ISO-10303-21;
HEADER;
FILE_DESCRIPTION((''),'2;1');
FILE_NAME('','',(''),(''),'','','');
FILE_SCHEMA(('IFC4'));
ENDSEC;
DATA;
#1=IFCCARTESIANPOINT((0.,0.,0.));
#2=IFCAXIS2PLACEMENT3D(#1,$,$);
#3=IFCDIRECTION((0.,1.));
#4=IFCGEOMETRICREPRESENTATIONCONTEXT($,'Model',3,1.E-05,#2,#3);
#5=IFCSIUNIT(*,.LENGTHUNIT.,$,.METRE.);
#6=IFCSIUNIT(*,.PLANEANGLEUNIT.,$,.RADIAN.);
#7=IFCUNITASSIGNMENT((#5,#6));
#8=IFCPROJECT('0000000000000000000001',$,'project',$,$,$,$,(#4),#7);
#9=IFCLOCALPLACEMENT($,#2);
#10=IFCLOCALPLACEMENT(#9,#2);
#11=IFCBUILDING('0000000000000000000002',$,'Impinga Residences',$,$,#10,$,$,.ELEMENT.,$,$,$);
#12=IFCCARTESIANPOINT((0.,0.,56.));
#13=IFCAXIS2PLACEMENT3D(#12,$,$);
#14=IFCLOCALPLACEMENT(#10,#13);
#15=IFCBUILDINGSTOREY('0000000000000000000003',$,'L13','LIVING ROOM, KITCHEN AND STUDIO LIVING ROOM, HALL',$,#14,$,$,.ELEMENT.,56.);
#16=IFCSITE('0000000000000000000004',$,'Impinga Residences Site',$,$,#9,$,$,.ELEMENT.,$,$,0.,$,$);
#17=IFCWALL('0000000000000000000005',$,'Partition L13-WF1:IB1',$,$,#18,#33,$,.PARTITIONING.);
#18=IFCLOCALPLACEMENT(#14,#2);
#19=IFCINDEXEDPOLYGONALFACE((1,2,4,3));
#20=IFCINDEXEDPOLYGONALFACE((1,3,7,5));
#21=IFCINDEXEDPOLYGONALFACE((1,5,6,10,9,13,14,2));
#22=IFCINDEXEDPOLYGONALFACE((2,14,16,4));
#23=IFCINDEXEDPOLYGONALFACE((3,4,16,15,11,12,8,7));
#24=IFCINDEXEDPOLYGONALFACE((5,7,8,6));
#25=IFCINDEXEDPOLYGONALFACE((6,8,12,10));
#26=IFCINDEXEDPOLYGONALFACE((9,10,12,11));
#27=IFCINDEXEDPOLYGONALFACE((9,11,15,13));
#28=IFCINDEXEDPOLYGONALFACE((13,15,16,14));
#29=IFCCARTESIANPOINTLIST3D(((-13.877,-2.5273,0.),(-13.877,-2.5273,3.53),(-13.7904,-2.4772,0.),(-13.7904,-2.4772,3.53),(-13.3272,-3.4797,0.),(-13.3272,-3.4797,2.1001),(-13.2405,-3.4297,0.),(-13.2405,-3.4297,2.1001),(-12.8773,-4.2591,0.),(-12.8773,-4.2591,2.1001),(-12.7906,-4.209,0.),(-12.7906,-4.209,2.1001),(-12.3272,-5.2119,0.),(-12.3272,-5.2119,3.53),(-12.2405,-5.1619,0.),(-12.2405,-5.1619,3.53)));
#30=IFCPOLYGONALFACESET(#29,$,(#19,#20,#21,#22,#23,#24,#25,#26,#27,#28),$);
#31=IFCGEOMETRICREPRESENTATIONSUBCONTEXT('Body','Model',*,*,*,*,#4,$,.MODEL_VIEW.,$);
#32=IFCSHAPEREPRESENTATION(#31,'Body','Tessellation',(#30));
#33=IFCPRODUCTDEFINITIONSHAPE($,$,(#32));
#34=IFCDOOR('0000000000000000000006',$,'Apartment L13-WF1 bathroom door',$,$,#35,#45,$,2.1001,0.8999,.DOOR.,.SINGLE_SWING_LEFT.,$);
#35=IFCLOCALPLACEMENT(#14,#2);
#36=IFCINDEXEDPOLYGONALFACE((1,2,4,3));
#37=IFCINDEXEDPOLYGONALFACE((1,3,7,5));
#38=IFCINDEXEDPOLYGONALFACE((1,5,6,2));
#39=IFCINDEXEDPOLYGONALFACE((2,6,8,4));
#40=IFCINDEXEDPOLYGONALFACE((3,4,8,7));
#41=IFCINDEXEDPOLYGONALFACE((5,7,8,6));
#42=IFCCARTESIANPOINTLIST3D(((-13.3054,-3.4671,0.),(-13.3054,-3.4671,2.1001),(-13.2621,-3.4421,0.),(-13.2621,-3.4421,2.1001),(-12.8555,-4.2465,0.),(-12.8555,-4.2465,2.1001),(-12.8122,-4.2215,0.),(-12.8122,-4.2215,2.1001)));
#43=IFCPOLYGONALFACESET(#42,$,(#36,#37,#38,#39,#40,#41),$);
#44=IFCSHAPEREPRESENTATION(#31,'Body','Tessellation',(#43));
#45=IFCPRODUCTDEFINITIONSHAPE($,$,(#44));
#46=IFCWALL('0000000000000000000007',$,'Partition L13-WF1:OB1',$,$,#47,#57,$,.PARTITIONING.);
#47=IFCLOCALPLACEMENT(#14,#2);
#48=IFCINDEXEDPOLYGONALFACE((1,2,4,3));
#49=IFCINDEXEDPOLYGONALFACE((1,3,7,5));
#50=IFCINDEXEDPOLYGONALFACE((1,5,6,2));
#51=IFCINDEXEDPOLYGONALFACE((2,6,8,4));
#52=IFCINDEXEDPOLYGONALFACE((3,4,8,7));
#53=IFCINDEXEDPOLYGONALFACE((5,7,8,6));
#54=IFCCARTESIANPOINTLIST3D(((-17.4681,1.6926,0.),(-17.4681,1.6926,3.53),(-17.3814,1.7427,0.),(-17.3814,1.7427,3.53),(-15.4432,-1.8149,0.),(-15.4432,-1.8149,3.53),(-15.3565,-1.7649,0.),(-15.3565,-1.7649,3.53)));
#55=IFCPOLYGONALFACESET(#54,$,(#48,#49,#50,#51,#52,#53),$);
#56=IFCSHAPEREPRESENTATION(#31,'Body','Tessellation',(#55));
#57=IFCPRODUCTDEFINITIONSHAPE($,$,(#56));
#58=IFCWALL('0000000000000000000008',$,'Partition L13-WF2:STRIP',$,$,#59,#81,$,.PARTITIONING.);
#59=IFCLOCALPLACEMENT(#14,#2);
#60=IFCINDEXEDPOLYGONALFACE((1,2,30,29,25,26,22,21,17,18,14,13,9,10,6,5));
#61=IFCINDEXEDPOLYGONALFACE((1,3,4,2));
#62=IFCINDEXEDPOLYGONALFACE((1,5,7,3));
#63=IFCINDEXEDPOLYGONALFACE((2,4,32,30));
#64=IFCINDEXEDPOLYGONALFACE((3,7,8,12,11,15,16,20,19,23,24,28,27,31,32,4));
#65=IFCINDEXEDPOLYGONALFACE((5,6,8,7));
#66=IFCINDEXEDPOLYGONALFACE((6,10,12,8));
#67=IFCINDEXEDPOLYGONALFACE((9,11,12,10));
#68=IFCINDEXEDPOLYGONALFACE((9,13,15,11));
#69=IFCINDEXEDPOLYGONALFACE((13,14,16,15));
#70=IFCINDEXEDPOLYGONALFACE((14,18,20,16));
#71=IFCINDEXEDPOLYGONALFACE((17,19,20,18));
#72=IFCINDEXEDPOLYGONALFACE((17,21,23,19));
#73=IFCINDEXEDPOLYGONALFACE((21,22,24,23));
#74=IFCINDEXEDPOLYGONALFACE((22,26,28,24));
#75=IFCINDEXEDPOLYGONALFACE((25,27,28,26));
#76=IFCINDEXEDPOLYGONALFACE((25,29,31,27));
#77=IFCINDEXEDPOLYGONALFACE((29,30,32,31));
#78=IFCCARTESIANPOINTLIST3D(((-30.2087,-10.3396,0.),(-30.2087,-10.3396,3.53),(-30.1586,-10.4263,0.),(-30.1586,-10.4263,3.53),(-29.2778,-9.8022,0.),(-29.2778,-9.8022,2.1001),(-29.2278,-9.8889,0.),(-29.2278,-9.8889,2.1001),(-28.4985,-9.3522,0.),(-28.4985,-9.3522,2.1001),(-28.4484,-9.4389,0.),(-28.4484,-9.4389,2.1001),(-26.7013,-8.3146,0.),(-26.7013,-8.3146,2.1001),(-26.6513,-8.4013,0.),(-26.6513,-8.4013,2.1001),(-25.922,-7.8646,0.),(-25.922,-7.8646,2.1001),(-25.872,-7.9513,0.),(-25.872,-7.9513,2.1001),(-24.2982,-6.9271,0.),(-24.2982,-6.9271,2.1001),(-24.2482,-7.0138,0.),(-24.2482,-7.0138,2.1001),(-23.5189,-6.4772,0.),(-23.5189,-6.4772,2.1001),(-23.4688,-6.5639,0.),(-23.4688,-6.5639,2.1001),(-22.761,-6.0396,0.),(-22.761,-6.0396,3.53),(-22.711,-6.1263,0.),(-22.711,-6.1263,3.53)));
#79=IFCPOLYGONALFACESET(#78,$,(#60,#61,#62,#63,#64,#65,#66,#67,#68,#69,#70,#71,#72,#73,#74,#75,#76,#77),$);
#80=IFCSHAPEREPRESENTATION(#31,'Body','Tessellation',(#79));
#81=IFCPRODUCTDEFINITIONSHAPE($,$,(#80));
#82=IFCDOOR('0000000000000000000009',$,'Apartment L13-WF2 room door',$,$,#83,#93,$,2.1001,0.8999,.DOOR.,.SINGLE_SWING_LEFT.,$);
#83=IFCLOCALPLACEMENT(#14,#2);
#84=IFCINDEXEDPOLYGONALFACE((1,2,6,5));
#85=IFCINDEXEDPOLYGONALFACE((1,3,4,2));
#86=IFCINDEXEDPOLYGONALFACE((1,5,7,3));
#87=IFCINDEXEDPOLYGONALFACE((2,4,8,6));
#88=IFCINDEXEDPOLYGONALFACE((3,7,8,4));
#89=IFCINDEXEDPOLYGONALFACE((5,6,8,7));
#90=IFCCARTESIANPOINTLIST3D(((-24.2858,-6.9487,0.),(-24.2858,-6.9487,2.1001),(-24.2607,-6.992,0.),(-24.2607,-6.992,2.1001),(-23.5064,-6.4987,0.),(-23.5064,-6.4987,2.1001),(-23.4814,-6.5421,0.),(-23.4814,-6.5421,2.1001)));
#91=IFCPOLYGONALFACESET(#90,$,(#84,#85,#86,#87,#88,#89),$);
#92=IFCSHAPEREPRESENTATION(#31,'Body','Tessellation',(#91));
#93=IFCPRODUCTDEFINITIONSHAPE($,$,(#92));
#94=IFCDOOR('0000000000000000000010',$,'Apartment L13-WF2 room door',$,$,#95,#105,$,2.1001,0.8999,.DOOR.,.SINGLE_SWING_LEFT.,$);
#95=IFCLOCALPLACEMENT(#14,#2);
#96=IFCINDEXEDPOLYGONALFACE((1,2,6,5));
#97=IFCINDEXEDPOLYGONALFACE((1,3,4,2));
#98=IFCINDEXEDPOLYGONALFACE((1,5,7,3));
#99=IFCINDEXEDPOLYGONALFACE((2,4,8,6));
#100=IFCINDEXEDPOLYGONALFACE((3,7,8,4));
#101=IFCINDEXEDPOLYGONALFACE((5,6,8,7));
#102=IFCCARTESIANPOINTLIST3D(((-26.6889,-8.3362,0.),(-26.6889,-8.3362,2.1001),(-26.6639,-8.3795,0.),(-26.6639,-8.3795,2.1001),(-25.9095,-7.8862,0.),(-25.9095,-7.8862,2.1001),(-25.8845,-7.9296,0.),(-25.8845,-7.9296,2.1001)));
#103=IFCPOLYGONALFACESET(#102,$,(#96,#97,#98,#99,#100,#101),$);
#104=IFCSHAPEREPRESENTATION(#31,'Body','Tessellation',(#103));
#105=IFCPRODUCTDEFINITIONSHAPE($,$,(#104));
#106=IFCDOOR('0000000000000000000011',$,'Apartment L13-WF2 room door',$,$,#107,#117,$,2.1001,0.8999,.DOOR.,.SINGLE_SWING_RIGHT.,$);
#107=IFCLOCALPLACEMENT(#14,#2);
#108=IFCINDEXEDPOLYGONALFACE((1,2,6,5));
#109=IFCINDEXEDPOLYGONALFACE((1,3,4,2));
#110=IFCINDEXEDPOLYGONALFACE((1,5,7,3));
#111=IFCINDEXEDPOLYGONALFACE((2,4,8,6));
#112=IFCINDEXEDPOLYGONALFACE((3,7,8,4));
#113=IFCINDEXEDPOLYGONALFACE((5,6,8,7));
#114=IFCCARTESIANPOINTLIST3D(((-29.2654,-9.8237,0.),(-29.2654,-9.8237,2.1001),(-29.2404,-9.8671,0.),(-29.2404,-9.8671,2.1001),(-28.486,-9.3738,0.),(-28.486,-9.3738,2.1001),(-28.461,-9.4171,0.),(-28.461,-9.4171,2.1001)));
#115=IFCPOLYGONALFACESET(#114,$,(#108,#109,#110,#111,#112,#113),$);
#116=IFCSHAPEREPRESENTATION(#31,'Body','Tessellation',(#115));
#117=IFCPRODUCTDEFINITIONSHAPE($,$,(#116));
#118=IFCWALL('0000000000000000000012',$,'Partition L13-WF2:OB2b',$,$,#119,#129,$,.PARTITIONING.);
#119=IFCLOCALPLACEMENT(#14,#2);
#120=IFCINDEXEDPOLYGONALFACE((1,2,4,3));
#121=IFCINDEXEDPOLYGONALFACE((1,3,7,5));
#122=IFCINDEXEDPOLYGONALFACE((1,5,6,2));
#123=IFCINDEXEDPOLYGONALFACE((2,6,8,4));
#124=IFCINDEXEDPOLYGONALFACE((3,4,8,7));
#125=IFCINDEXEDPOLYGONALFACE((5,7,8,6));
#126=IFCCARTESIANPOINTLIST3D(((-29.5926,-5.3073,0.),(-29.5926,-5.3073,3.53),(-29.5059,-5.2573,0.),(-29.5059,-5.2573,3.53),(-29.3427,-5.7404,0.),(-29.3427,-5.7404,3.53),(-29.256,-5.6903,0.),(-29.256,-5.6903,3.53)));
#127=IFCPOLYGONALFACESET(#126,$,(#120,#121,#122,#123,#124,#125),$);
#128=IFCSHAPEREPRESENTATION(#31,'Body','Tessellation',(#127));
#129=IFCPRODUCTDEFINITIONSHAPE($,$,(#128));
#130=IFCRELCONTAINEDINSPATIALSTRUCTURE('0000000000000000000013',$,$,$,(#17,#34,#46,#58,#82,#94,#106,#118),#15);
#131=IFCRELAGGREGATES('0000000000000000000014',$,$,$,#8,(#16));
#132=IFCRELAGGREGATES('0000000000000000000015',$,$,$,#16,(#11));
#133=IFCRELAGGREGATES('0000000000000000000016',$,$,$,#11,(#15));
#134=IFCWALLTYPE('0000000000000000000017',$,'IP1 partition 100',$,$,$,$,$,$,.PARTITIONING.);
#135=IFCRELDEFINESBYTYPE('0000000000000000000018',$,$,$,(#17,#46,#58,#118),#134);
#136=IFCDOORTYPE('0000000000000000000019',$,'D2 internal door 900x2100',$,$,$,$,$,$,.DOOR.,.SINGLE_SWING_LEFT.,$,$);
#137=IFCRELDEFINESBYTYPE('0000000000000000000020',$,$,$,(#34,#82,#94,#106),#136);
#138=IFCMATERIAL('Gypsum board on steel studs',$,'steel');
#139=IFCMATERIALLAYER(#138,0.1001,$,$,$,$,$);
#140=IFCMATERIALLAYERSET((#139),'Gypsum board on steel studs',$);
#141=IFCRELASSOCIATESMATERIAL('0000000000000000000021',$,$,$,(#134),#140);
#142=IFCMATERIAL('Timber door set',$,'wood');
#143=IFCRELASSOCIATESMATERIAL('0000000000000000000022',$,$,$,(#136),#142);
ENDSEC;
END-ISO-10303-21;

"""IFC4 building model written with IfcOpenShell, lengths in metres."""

from ifc_helpers import new_model, si_unit, direction, frame, frame_2d, origin, place, context, subcontext, project, spatial, rectangle, extrude, material, layer, layer_set, type_object, element, fill, save


model = new_model("IFC4")

# Units and contexts
model_context = context("Model", 3, precision=1e-05, world=origin(), true_north=direction((0.0, 1.0)))
body_context = subcontext(model_context, "Body", "Model", "MODEL_VIEW")
ifc_project = project(units=[si_unit("LENGTHUNIT", "METRE"), si_unit("PLANEANGLEUNIT", "RADIAN")], contexts=[model_context])

# Site, building, storey
site_placement = place(None, origin())
site = spatial("IfcSite", under=ifc_project, at=site_placement, Name="Impinga Residences Site", CompositionType="ELEMENT", RefElevation=0.0)
building_placement = place(site_placement, origin())
building = spatial("IfcBuilding", under=site, at=building_placement, Name="Impinga Residences", CompositionType="ELEMENT")
storey_placement = place(building_placement, frame((0.0, 0.0, 56.0)))
storey = spatial("IfcBuildingStorey", under=building, at=storey_placement, Name="L13", Description="LIVING ROOM, KITCHEN AND STUDIO LIVING ROOM, HALL", CompositionType="ELEMENT", Elevation=56.0)

# Shared definitions
ifc_material_1 = material(Name="Gypsum board on steel studs", Category="steel")
ifc_layer_1 = layer(ifc_material_1, 0.1001)
ifc_layer_set_1 = layer_set([ifc_layer_1], Name="Gypsum board on steel studs")
wall_type_1 = type_object("IfcWallType", Name="IP1 partition 100", PredefinedType="PARTITIONING", material=ifc_layer_set_1)

# Shared definitions
ifc_material_2 = material(Name="Timber door set", Category="wood")
door_type = type_object("IfcDoorType", Name="D2 internal door 900x2100", OperationType="SINGLE_SWING_LEFT", PredefinedType="DOOR", material=ifc_material_2)

# Wall, opening, door
wall_1_placement = place(storey_placement, frame((-12.2839, -5.1868, 0.0), z_axis=(0.0, 0.0, 1.0), x_axis=(-0.499968, 0.866044, 0.0)))
wall_1 = element("IfcWall", 1, at=wall_1_placement, inside=storey, type_object=wall_type_1, Name="Partition L13-WF1:IB1", PredefinedType="PARTITIONING", context=body_context, shape_type="SweptSolid", body=[
    extrude(rectangle(XDim=3.0999, YDim=0.1001, at=frame_2d((1.5498, 0.0))), origin(), (0.0, 0.0, 1.0), 3.53),
])
opening_1_placement = place(wall_1_placement, frame((1.1001, 0.0, 0.0)))
opening_1 = element("IfcOpeningElement", 2, at=opening_1_placement, cuts=wall_1, PredefinedType="OPENING", context=body_context, shape_type="SweptSolid", body=[
    extrude(rectangle(XDim=0.8999, YDim=2.1001, at=frame_2d((0.45, 1.05))), frame((0.0, 0.0601, 0.0), z_axis=(0.0, -1.0, 0.0), x_axis=(1.0, 0.0, 0.0)), (0.0, 0.0, 1.0), 0.1201),
])
door_1_placement = place(opening_1_placement, origin())
door_1 = element("IfcDoor", 3, at=door_1_placement, inside=storey, type_object=door_type, Name="Apartment L13-WF1 bathroom door", OperationType="SINGLE_SWING_LEFT", OverallHeight=2.1001, OverallWidth=0.8999, PredefinedType="DOOR", context=body_context, shape_type="SweptSolid", body=[
    extrude(rectangle(XDim=0.8999, YDim=2.1001, at=frame_2d((0.45, 1.05))), frame((0.0, 0.0249, 0.0), z_axis=(0.0, -1.0, 0.0), x_axis=(1.0, 0.0, 0.0)), (0.0, 0.0, 1.0), 0.05),
])
fill(opening_1, door_1)

# Wall
wall_2_placement = place(storey_placement, frame((-15.3999, -1.7898, 0.0), z_axis=(0.0, 0.0, 1.0), x_axis=(-0.499964, 0.866046, 0.0)))
element("IfcWall", 4, at=wall_2_placement, inside=storey, type_object=wall_type_1, Name="Partition L13-WF1:OB1", PredefinedType="PARTITIONING", context=body_context, shape_type="SweptSolid", body=[
    extrude(rectangle(XDim=4.05, YDim=0.1001, at=frame_2d((2.0249, 0.0))), origin(), (0.0, 0.0, 1.0), 3.53),
])

# Wall, openings, doors
wall_3_placement = place(storey_placement, frame((-22.7361, -6.083, 0.0), z_axis=(0.0, 0.0, 1.0), x_axis=(-0.866021, -0.500008, 0.0)))
wall_3 = element("IfcWall", 5, at=wall_3_placement, inside=storey, type_object=wall_type_1, Name="Partition L13-WF2:STRIP", PredefinedType="PARTITIONING", context=body_context, shape_type="SweptSolid", body=[
    extrude(rectangle(XDim=8.5999, YDim=0.1001, at=frame_2d((4.2998, 0.0))), origin(), (0.0, 0.0, 1.0), 3.53),
])
opening_2_placement = place(wall_3_placement, frame((0.875, 0.0, 0.0)))
opening_2 = element("IfcOpeningElement", 6, at=opening_2_placement, cuts=wall_3, PredefinedType="OPENING", context=body_context, shape_type="SweptSolid", body=[
    extrude(rectangle(XDim=0.8999, YDim=2.1001, at=frame_2d((0.45, 1.05))), frame((0.0, 0.0601, 0.0), z_axis=(0.0, -1.0, 0.0), x_axis=(1.0, 0.0, 0.0)), (0.0, 0.0, 1.0), 0.1201),
])
opening_3_placement = place(wall_3_placement, frame((3.6499, 0.0, 0.0)))
opening_3 = element("IfcOpeningElement", 7, at=opening_3_placement, cuts=wall_3, PredefinedType="OPENING", context=body_context, shape_type="SweptSolid", body=[
    extrude(rectangle(XDim=0.8999, YDim=2.1001, at=frame_2d((0.45, 1.05))), frame((0.0, 0.0601, 0.0), z_axis=(0.0, -1.0, 0.0), x_axis=(1.0, 0.0, 0.0)), (0.0, 0.0, 1.0), 0.1201),
])
opening_4_placement = place(wall_3_placement, frame((6.625, 0.0, 0.0)))
opening_4 = element("IfcOpeningElement", 8, at=opening_4_placement, cuts=wall_3, PredefinedType="OPENING", context=body_context, shape_type="SweptSolid", body=[
    extrude(rectangle(XDim=0.8999, YDim=2.1001, at=frame_2d((0.45, 1.05))), frame((0.0, 0.0601, 0.0), z_axis=(0.0, -1.0, 0.0), x_axis=(1.0, 0.0, 0.0)), (0.0, 0.0, 1.0), 0.1201),
])
door_2_placement = place(opening_2_placement, origin())
door_2 = element("IfcDoor", 9, at=door_2_placement, inside=storey, type_object=door_type, Name="Apartment L13-WF2 room door", OperationType="SINGLE_SWING_LEFT", OverallHeight=2.1001, OverallWidth=0.8999, PredefinedType="DOOR", context=body_context, shape_type="SweptSolid", body=[
    extrude(rectangle(XDim=0.8999, YDim=2.1001, at=frame_2d((0.45, 1.05))), frame((0.0, 0.0249, 0.0), z_axis=(0.0, -1.0, 0.0), x_axis=(1.0, 0.0, 0.0)), (0.0, 0.0, 1.0), 0.05),
])
fill(opening_2, door_2)
door_3_placement = place(opening_3_placement, origin())
door_3 = element("IfcDoor", 10, at=door_3_placement, inside=storey, type_object=door_type, Name="Apartment L13-WF2 room door", OperationType="SINGLE_SWING_LEFT", OverallHeight=2.1001, OverallWidth=0.8999, PredefinedType="DOOR", context=body_context, shape_type="SweptSolid", body=[
    extrude(rectangle(XDim=0.8999, YDim=2.1001, at=frame_2d((0.45, 1.05))), frame((0.0, 0.0249, 0.0), z_axis=(0.0, -1.0, 0.0), x_axis=(1.0, 0.0, 0.0)), (0.0, 0.0, 1.0), 0.05),
])
fill(opening_3, door_3)
door_4_placement = place(opening_4_placement, origin())
door_4 = element("IfcDoor", 11, at=door_4_placement, inside=storey, type_object=door_type, Name="Apartment L13-WF2 room door", OperationType="SINGLE_SWING_RIGHT", OverallHeight=2.1001, OverallWidth=0.8999, PredefinedType="DOOR", context=body_context, shape_type="SweptSolid", body=[
    extrude(rectangle(XDim=0.8999, YDim=2.1001, at=frame_2d((0.45, 1.05))), frame((0.0, 0.0249, 0.0), z_axis=(0.0, -1.0, 0.0), x_axis=(1.0, 0.0, 0.0)), (0.0, 0.0, 1.0), 0.05),
])
fill(opening_4, door_4)

# Wall
wall_4_placement = place(storey_placement, frame((-29.2993, -5.7153, 0.0), z_axis=(0.0, 0.0, 1.0), x_axis=(-0.49992, 0.866072, 0.0)))
element("IfcWall", 12, at=wall_4_placement, inside=storey, type_object=wall_type_1, Name="Partition L13-WF2:OB2b", PredefinedType="PARTITIONING", context=body_context, shape_type="SweptSolid", body=[
    extrude(rectangle(XDim=0.5, YDim=0.1001, at=frame_2d((0.25, 0.0))), origin(), (0.0, 0.0, 1.0), 3.53),
])

save(model, "model.ifc")
